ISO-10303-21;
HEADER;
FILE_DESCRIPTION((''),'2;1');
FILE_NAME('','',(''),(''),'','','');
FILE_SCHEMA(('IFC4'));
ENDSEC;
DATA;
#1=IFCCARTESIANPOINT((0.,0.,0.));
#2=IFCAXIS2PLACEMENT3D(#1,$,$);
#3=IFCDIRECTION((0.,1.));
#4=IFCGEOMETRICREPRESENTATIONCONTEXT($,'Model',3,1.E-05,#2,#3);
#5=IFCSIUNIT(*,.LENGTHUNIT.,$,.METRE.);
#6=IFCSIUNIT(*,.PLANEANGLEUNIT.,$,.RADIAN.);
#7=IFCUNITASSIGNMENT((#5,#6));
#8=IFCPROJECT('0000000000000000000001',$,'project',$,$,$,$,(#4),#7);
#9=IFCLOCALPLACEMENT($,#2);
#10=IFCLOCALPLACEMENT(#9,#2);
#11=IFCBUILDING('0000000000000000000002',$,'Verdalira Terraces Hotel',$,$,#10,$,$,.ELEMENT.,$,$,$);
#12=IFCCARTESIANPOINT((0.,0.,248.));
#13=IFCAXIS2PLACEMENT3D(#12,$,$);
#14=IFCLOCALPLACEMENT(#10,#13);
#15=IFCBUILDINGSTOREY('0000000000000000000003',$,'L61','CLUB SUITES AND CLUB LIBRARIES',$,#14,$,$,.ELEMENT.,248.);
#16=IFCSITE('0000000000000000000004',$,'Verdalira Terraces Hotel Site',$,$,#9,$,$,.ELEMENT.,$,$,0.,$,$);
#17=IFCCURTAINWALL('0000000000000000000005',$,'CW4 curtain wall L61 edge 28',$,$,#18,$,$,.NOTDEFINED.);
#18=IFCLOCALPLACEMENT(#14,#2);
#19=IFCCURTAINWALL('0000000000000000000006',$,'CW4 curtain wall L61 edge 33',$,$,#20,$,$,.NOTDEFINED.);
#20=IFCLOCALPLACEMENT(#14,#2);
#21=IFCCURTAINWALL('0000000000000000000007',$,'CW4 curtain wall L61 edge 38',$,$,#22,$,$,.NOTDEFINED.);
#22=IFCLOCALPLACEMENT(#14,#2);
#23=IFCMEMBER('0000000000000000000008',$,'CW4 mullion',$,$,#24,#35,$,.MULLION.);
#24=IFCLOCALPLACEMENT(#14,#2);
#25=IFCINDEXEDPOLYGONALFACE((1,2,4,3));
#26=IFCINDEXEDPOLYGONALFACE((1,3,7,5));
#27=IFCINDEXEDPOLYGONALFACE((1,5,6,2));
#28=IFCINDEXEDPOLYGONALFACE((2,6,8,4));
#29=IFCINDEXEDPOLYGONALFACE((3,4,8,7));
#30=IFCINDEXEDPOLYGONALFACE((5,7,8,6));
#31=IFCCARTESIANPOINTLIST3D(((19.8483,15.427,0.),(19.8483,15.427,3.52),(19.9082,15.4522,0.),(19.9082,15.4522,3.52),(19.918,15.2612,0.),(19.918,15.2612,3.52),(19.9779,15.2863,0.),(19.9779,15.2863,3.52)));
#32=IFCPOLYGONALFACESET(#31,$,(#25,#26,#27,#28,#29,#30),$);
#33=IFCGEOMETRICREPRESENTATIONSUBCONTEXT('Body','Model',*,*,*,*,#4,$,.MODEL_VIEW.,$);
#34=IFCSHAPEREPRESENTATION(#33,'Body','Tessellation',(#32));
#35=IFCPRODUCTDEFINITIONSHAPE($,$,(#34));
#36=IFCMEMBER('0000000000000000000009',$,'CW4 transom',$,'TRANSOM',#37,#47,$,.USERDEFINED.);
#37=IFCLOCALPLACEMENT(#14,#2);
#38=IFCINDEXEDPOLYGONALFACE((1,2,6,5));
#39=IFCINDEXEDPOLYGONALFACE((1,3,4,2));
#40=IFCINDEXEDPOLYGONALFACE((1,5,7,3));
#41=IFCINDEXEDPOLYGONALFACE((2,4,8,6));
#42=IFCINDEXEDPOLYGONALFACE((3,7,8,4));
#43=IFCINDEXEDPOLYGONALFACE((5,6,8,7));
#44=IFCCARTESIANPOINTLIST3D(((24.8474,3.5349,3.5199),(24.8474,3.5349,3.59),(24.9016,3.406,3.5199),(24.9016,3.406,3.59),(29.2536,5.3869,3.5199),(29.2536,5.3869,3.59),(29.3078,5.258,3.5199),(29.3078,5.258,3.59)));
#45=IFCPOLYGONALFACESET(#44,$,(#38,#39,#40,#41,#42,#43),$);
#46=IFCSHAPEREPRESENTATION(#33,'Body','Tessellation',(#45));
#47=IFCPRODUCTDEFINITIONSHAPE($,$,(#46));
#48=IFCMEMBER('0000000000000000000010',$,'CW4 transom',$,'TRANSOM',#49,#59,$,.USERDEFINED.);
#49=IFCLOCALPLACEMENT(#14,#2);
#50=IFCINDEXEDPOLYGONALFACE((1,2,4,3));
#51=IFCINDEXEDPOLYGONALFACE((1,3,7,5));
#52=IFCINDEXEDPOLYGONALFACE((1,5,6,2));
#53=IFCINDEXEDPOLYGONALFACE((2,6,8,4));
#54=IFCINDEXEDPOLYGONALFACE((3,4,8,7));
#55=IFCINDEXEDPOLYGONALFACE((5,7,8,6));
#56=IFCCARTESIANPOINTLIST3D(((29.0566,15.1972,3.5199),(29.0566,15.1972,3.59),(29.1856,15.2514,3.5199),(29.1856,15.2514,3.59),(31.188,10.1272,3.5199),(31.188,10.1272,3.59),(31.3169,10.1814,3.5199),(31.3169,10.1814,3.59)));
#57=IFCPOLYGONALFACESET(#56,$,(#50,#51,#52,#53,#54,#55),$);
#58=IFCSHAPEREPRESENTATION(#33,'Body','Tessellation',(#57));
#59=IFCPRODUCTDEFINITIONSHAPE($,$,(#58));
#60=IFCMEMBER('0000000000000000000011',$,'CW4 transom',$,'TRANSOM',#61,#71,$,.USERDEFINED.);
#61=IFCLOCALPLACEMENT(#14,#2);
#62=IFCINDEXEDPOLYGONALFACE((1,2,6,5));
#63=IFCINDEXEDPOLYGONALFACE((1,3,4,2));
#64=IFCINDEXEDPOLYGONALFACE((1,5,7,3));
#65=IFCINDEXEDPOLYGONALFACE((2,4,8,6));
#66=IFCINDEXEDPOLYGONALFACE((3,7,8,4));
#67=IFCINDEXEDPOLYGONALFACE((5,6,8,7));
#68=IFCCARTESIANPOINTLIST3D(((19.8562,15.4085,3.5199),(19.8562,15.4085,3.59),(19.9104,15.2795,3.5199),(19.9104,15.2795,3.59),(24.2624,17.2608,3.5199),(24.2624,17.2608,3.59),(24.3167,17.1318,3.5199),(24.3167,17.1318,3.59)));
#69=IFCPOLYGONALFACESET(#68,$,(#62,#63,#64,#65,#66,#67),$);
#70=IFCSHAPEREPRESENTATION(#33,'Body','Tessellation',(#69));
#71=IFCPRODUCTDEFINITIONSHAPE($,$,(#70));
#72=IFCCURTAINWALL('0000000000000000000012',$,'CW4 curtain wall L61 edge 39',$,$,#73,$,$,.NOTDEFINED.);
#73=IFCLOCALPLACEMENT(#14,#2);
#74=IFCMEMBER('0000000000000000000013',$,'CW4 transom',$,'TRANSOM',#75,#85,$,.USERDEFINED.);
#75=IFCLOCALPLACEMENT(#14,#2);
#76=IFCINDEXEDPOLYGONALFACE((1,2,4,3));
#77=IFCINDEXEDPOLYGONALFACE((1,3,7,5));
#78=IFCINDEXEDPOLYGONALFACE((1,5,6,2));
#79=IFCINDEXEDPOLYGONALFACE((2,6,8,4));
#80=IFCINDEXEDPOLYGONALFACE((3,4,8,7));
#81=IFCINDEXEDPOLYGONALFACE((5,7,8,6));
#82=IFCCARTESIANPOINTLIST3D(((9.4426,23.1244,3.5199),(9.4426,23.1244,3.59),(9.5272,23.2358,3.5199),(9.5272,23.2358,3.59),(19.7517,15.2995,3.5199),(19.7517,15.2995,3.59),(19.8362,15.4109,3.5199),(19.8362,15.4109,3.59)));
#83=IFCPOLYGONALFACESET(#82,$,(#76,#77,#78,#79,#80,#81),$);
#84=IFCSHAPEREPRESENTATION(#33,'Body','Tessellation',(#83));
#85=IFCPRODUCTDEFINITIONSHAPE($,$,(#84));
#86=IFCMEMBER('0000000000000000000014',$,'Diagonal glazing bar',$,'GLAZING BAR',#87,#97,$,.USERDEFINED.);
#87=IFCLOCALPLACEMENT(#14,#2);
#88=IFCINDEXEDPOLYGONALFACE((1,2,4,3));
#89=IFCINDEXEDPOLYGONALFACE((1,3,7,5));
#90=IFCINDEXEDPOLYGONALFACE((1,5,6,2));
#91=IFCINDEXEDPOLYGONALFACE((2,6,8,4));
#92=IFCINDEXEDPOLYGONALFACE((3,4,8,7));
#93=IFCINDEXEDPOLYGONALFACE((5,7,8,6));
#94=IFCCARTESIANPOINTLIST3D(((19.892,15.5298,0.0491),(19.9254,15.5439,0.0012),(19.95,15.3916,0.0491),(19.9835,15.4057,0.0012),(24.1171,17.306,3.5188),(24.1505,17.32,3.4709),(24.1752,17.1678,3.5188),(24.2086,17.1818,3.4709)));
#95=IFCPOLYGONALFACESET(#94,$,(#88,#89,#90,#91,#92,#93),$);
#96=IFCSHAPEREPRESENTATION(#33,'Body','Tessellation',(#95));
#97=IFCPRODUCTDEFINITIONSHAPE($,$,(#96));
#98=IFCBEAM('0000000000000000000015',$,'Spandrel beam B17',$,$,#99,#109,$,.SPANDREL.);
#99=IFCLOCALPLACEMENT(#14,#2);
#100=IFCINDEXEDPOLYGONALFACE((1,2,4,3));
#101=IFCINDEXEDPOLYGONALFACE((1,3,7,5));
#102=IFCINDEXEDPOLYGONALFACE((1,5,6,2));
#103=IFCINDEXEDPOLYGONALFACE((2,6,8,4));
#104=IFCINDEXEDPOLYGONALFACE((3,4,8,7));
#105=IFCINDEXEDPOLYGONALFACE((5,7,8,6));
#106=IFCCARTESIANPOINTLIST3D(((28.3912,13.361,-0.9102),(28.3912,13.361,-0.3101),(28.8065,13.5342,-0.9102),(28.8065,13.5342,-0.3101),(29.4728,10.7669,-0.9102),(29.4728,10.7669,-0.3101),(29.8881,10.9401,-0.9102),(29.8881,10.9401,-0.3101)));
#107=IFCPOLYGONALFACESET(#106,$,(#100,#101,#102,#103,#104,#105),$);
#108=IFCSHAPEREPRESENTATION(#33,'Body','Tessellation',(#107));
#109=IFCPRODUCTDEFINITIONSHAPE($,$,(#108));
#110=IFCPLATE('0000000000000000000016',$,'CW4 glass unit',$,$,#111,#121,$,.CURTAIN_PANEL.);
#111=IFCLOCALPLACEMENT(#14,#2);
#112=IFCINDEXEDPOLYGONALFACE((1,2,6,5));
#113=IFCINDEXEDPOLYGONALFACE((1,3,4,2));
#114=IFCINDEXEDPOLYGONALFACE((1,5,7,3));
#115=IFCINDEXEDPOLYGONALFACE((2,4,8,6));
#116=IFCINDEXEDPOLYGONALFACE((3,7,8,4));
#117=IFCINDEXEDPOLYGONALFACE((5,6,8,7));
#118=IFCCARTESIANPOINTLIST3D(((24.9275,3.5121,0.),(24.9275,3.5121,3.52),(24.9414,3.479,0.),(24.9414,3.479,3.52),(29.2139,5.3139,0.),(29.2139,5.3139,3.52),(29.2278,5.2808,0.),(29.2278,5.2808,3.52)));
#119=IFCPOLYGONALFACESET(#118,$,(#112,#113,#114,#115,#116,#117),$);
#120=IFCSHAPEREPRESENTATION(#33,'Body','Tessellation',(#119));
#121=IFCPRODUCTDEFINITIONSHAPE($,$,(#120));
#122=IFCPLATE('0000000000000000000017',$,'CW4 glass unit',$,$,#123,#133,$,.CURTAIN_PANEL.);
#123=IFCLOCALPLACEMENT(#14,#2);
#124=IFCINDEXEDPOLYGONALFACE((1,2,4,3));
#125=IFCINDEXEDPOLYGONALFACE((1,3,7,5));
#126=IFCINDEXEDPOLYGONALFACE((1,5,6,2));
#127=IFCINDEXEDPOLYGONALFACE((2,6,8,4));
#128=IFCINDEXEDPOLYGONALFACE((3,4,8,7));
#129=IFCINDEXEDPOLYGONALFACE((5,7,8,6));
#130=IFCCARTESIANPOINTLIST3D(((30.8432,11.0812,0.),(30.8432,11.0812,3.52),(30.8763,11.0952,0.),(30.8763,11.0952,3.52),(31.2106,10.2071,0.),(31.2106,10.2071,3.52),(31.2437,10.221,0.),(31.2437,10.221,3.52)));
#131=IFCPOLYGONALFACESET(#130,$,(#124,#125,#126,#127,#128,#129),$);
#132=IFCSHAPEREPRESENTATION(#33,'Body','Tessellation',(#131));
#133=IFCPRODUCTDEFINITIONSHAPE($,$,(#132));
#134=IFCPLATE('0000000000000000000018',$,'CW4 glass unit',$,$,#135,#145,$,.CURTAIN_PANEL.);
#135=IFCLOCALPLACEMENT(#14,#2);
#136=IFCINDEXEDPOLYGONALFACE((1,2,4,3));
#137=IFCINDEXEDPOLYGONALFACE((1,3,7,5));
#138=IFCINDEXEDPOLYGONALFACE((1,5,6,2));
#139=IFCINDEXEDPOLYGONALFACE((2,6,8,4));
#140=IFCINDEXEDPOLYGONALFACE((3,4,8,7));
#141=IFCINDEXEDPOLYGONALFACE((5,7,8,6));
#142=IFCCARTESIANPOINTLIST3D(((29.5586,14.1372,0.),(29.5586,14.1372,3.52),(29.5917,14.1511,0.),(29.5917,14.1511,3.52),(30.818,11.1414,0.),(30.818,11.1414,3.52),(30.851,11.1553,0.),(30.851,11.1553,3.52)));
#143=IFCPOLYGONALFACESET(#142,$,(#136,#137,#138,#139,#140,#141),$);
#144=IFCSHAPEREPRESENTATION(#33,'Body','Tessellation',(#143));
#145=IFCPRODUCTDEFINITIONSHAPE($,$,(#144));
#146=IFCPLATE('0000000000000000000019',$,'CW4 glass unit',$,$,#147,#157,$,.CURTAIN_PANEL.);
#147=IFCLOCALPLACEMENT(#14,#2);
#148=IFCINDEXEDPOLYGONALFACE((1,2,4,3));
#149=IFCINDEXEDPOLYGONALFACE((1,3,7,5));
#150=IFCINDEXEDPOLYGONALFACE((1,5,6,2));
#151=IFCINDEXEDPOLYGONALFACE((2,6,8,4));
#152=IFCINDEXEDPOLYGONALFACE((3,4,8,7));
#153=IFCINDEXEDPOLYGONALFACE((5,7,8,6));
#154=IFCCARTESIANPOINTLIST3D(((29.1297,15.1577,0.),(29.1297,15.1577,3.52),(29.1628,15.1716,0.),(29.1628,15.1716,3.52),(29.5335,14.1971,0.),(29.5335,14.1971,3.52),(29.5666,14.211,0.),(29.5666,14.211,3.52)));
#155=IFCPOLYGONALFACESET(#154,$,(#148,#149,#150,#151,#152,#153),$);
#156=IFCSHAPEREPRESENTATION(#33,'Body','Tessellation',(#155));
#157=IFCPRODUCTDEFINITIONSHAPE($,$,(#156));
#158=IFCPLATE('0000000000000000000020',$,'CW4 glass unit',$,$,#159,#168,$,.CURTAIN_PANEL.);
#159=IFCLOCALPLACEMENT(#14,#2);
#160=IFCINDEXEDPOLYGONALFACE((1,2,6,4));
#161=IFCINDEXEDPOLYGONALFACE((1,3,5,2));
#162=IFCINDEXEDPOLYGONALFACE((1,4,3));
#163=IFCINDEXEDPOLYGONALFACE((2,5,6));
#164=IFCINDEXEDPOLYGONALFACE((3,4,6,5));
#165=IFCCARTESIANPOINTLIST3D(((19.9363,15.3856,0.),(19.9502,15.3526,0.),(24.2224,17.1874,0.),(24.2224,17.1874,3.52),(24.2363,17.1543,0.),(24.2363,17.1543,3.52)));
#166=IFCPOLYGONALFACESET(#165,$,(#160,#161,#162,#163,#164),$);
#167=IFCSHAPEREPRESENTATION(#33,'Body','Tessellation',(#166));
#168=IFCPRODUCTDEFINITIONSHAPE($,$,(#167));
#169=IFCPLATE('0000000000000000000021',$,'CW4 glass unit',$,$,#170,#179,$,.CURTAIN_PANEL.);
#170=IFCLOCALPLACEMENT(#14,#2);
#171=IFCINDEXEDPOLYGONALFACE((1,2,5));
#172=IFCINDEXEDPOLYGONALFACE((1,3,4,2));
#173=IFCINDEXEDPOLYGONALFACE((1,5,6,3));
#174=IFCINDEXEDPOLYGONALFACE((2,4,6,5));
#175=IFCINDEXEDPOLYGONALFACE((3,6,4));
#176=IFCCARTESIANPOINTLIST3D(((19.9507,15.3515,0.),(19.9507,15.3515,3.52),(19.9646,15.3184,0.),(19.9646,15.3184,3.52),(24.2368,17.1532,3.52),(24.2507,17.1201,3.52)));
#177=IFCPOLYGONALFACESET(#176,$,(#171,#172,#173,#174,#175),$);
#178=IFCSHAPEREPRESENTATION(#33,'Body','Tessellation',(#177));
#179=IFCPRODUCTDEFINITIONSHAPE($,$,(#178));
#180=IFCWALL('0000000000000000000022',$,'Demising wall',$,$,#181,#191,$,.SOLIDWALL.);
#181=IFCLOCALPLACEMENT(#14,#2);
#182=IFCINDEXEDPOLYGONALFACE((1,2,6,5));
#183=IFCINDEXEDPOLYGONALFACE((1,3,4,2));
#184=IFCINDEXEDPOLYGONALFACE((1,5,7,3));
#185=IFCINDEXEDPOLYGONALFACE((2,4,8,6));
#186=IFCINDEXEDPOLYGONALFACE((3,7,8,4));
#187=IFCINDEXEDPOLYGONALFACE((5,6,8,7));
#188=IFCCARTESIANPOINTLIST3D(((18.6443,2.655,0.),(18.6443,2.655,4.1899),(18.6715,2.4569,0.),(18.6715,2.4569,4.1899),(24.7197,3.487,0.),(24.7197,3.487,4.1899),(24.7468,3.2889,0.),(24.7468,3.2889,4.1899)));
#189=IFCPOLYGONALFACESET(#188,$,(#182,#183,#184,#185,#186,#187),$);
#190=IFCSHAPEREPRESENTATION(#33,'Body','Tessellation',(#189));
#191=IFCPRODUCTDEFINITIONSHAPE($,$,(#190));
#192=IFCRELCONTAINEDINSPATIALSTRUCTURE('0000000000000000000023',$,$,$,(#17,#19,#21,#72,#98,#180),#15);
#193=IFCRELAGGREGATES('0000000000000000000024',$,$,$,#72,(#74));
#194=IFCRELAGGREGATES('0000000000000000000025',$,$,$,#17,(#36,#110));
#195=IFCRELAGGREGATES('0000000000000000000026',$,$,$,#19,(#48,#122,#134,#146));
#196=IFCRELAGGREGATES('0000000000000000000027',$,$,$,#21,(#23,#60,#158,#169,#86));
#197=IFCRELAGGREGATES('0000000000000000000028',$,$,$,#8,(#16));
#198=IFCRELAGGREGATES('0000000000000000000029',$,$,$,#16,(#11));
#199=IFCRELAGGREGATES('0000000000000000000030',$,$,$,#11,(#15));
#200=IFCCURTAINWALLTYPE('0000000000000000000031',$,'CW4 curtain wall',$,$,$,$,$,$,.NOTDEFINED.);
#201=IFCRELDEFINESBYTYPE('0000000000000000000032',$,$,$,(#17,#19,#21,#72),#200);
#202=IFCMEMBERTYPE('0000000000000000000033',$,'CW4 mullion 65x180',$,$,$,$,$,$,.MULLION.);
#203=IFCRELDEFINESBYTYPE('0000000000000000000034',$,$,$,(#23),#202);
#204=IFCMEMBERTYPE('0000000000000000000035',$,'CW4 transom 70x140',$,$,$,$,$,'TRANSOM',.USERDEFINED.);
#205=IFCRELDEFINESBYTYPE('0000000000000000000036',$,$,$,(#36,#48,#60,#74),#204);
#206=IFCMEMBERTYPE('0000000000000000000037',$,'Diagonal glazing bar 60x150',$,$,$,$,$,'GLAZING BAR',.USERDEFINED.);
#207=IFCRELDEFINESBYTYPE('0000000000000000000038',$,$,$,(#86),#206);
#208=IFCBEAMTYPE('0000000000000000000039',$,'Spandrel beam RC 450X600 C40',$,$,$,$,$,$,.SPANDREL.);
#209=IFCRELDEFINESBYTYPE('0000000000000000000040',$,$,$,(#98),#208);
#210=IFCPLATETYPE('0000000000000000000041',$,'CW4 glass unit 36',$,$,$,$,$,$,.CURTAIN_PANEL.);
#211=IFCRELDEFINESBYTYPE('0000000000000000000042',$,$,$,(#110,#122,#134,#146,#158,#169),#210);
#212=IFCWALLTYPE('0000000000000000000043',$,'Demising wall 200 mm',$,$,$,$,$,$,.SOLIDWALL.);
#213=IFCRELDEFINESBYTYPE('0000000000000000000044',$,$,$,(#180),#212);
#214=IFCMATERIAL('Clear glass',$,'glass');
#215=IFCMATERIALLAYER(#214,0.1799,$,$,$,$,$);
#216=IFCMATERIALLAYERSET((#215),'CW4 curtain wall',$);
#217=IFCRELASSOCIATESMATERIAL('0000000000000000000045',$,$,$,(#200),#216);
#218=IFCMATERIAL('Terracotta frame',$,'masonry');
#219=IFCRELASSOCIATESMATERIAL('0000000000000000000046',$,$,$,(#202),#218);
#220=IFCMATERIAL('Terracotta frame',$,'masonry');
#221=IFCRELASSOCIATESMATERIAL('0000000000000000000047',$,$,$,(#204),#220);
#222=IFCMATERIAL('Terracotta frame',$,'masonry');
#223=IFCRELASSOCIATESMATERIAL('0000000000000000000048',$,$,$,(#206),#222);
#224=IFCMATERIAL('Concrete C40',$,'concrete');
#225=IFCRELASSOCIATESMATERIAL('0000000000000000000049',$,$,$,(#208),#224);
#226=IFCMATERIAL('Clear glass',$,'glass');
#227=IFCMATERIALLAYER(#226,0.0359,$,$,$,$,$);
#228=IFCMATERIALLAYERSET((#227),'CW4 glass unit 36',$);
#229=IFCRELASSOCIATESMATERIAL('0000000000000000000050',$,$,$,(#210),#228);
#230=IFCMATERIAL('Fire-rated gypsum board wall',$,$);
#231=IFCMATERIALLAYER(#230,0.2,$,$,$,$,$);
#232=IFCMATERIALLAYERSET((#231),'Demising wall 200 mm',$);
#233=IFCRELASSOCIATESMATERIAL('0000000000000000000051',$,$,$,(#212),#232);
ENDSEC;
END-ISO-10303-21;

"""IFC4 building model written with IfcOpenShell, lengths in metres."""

from ifc_helpers import new_model, si_unit, direction, frame, frame_2d, origin, origin_2d, place, context, subcontext, project, spatial, polyline, rectangle, outline, extrude, material, layer, layer_set, material_profile, profile_set, type_object, element, aggregate, save


model = new_model("IFC4")

# Units and contexts
model_context = context("Model", 3, precision=1e-05, world=origin(), true_north=direction((0.0, 1.0)))
body_context = subcontext(model_context, "Body", "Model", "MODEL_VIEW")
ifc_project = project(units=[si_unit("LENGTHUNIT", "METRE"), si_unit("PLANEANGLEUNIT", "RADIAN")], contexts=[model_context])

# Site, building, storey
site_placement = place(None, origin())
site = spatial("IfcSite", under=ifc_project, at=site_placement, Name="Verdalira Terraces Hotel Site", CompositionType="ELEMENT", RefElevation=0.0)
building_placement = place(site_placement, origin())
building = spatial("IfcBuilding", under=site, at=building_placement, Name="Verdalira Terraces Hotel", CompositionType="ELEMENT")
storey_placement = place(building_placement, frame((0.0, 0.0, 248.0)))
storey = spatial("IfcBuildingStorey", under=building, at=storey_placement, Name="L61", Description="CLUB SUITES AND CLUB LIBRARIES", CompositionType="ELEMENT", Elevation=248.0)

# Shared definitions
ifc_material_1 = material(Name="Clear glass", Category="glass")
ifc_layer_1 = layer(ifc_material_1, 0.1799)
ifc_layer_set_1 = layer_set([ifc_layer_1], Name="CW4 curtain wall")
curtain_wall_type = type_object("IfcCurtainWallType", Name="CW4 curtain wall", PredefinedType="NOTDEFINED", material=ifc_layer_set_1)
ifc_material_2 = material(Name="Terracotta frame", Category="masonry")
ifc_material_profile_1 = material_profile(ifc_material_2, rectangle(XDim=0.0649, YDim=0.1799, at=origin_2d()), Name="MU 65x180")
ifc_profile_set_1 = profile_set([ifc_material_profile_1], Name="Terracotta frame")
member_type_1 = type_object("IfcMemberType", Name="CW4 mullion 65x180", PredefinedType="MULLION", material=ifc_profile_set_1)

# Curtain walls, member
curtain_wall_1_placement = place(storey_placement, origin())
curtain_wall_1 = element("IfcCurtainWall", 1, at=curtain_wall_1_placement, inside=storey, type_object=curtain_wall_type, Name="CW4 curtain wall L61 edge 28", PredefinedType="NOTDEFINED")
curtain_wall_2_placement = place(storey_placement, origin())
curtain_wall_2 = element("IfcCurtainWall", 2, at=curtain_wall_2_placement, inside=storey, type_object=curtain_wall_type, Name="CW4 curtain wall L61 edge 33", PredefinedType="NOTDEFINED")
curtain_wall_3_placement = place(storey_placement, origin())
curtain_wall_3 = element("IfcCurtainWall", 3, at=curtain_wall_3_placement, inside=storey, type_object=curtain_wall_type, Name="CW4 curtain wall L61 edge 38", PredefinedType="NOTDEFINED")
member_1_placement = place(storey_placement, frame((19.9131, 15.3567, 0.0), z_axis=(0.0, 0.0, 1.0), x_axis=(-0.921863, -0.387516, 0.0)))
member_1 = element("IfcMember", 4, at=member_1_placement, type_object=member_type_1, Name="CW4 mullion", PredefinedType="MULLION", context=body_context, shape_type="SweptSolid", body=[
    extrude(rectangle(XDim=0.0649, YDim=0.1799, at=origin_2d()), origin(), (0.0, 0.0, 1.0), 3.52),
])

# Members
ifc_material_3 = material(Name="Terracotta frame", Category="masonry")
ifc_material_profile_2 = material_profile(ifc_material_3, rectangle(XDim=0.1399, YDim=0.0701, at=origin_2d()), Name="TR 70x140")
ifc_profile_set_2 = profile_set([ifc_material_profile_2], Name="Terracotta frame")
member_type_2 = type_object("IfcMemberType", Name="CW4 transom 70x140", ElementType="TRANSOM", PredefinedType="USERDEFINED", material=ifc_profile_set_2)
member_2_placement = place(storey_placement, frame((24.8745, 3.4705, 3.5549), z_axis=(0.921876, 0.387486, 0.0), x_axis=(-0.387486, 0.921876, 0.0)))
member_2 = element("IfcMember", 5, at=member_2_placement, type_object=member_type_2, Name="CW4 transom", ObjectType="TRANSOM", PredefinedType="USERDEFINED", context=body_context, shape_type="SweptSolid", body=[
    extrude(rectangle(XDim=0.1399, YDim=0.0701, at=origin_2d()), origin(), (0.0, 0.0, 1.0), 4.7795),
])
member_3_placement = place(storey_placement, frame((31.2524, 10.1543, 3.5549), z_axis=(-0.387529, 0.921857, 0.0), x_axis=(-0.921857, -0.387529, 0.0)))
member_3 = element("IfcMember", 6, at=member_3_placement, type_object=member_type_2, Name="CW4 transom", ObjectType="TRANSOM", PredefinedType="USERDEFINED", context=body_context, shape_type="SweptSolid", body=[
    extrude(rectangle(XDim=0.1399, YDim=0.0701, at=origin_2d()), origin(), (0.0, 0.0, 1.0), 5.4998),
])
member_4_placement = place(storey_placement, frame((24.2896, 17.1963, 3.5549), z_axis=(-0.921857, -0.387529, 0.0), x_axis=(0.387529, -0.921857, 0.0)))
member_4 = element("IfcMember", 7, at=member_4_placement, type_object=member_type_2, Name="CW4 transom", ObjectType="TRANSOM", PredefinedType="USERDEFINED", context=body_context, shape_type="SweptSolid", body=[
    extrude(rectangle(XDim=0.1399, YDim=0.0701, at=origin_2d()), origin(), (0.0, 0.0, 1.0), 4.7798),
])

# Curtain wall, member
curtain_wall_4_placement = place(storey_placement, origin())
curtain_wall_4 = element("IfcCurtainWall", 8, at=curtain_wall_4_placement, inside=storey, type_object=curtain_wall_type, Name="CW4 curtain wall L61 edge 39", PredefinedType="NOTDEFINED")
member_5_placement = place(storey_placement, frame((19.7939, 15.3552, 3.5549), z_axis=(-0.796532, 0.604596, 0.0), x_axis=(-0.604596, -0.796532, 0.0)))
member_5 = element("IfcMember", 9, at=member_5_placement, type_object=member_type_2, Name="CW4 transom", ObjectType="TRANSOM", PredefinedType="USERDEFINED", context=body_context, shape_type="SweptSolid", body=[
    extrude(rectangle(XDim=0.1399, YDim=0.0701, at=origin_2d()), origin(), (0.0, 0.0, 1.0), 12.9424),
])
aggregate(curtain_wall_4, [member_5])

# Member
ifc_material_4 = material(Name="Terracotta frame", Category="masonry")
ifc_material_profile_3 = material_profile(ifc_material_4, rectangle(XDim=0.1499, YDim=0.0601, at=origin_2d()), Name="GB 60x150")
ifc_profile_set_3 = profile_set([ifc_material_profile_3], Name="Terracotta frame")
member_type_3 = type_object("IfcMemberType", Name="Diagonal glazing bar 60x150", ElementType="GLAZING BAR", PredefinedType="USERDEFINED", material=ifc_profile_set_3)
member_6_placement = place(storey_placement, frame((24.1628, 17.2439, 3.4949), z_axis=(-0.734993, -0.308972, -0.60359), x_axis=(0.387526, -0.921859, 0.0)))
member_6 = element("IfcMember", 10, at=member_6_placement, type_object=member_type_3, Name="Diagonal glazing bar", ObjectType="GLAZING BAR", PredefinedType="USERDEFINED", context=body_context, shape_type="SweptSolid", body=[
    extrude(rectangle(XDim=0.1499, YDim=0.0601, at=origin_2d()), origin(), (0.0, 0.0, 1.0), 5.7485),
])

# Beam
ifc_material_5 = material(Name="Concrete C40", Category="concrete")
ifc_material_profile_4 = material_profile(ifc_material_5, rectangle(XDim=0.45, YDim=0.6001, at=origin_2d()), Name="RC 450X600")
ifc_profile_set_4 = profile_set([ifc_material_profile_4], Name="Concrete C40")
beam_type = type_object("IfcBeamType", Name="Spandrel beam RC 450X600 C40", PredefinedType="SPANDREL", material=ifc_profile_set_4)
beam_placement = place(storey_placement, frame((29.6804, 10.8535, -0.6101), z_axis=(-0.384831, 0.922987, 0.0), x_axis=(-0.922987, -0.384831, 0.0)))
element("IfcBeam", 11, at=beam_placement, inside=storey, type_object=beam_type, Name="Spandrel beam B17", PredefinedType="SPANDREL", context=body_context, shape_type="SweptSolid", body=[
    extrude(rectangle(XDim=0.45, YDim=0.6001, at=origin_2d()), origin(), (0.0, 0.0, 1.0), 2.8105),
])

# Plates
ifc_material_6 = material(Name="Clear glass", Category="glass")
ifc_layer_2 = layer(ifc_material_6, 0.0359)
ifc_layer_set_2 = layer_set([ifc_layer_2], Name="CW4 glass unit 36")
plate_type = type_object("IfcPlateType", Name="CW4 glass unit 36", PredefinedType="CURTAIN_PANEL", material=ifc_layer_set_2)
plate_1_placement = place(storey_placement, frame((27.0776, 4.3965, 0.0), z_axis=(0.0, 0.0, 1.0), x_axis=(0.921863, 0.387516, 0.0)))
plate_1 = element("IfcPlate", 12, at=plate_1_placement, type_object=plate_type, Name="CW4 glass unit", PredefinedType="CURTAIN_PANEL", context=body_context, shape_type="SweptSolid", body=[
    extrude(rectangle(XDim=4.6497, YDim=0.0359, at=origin_2d()), origin(), (0.0, 0.0, 1.0), 3.52),
])
aggregate(curtain_wall_1, [member_2, plate_1])
plate_2_placement = place(storey_placement, frame((31.0435, 10.6511, 0.0), z_axis=(0.0, 0.0, 1.0), x_axis=(-0.387516, 0.921863, 0.0)))
plate_2 = element("IfcPlate", 13, at=plate_2_placement, type_object=plate_type, Name="CW4 glass unit", PredefinedType="CURTAIN_PANEL", context=body_context, shape_type="SweptSolid", body=[
    extrude(rectangle(XDim=0.9482, YDim=0.0359, at=origin_2d()), origin(), (0.0, 0.0, 1.0), 3.52),
])
plate_3_placement = place(storey_placement, frame((30.2048, 12.6462, 0.0), z_axis=(0.0, 0.0, 1.0), x_axis=(-0.387516, 0.921863, 0.0)))
plate_3 = element("IfcPlate", 14, at=plate_3_placement, type_object=plate_type, Name="CW4 glass unit", PredefinedType="CURTAIN_PANEL", context=body_context, shape_type="SweptSolid", body=[
    extrude(rectangle(XDim=3.2498, YDim=0.0359, at=origin_2d()), origin(), (0.0, 0.0, 1.0), 3.52),
])
plate_4_placement = place(storey_placement, frame((29.3481, 14.6843, 0.0), z_axis=(0.0, 0.0, 1.0), x_axis=(-0.387516, 0.921863, 0.0)))
plate_4 = element("IfcPlate", 15, at=plate_4_placement, type_object=plate_type, Name="CW4 glass unit", PredefinedType="CURTAIN_PANEL", context=body_context, shape_type="SweptSolid", body=[
    extrude(rectangle(XDim=1.042, YDim=0.0359, at=origin_2d()), origin(), (0.0, 0.0, 1.0), 3.52),
])
aggregate(curtain_wall_2, [member_3, plate_2, plate_3, plate_4])
plate_5_placement = place(storey_placement, frame((22.0933, 16.2534, 1.76), z_axis=(-0.387516, 0.921863, 0.0), x_axis=(-0.921863, -0.387516, 0.0)))
plate_5 = element("IfcPlate", 16, at=plate_5_placement, type_object=plate_type, Name="CW4 glass unit", PredefinedType="CURTAIN_PANEL", context=body_context, shape_type="SweptSolid", body=[
    extrude(outline(polyline([(-2.3247, -1.76), (2.3247, -1.76), (-2.3247, 1.76), (-2.3247, -1.76)])), origin(), (0.0, 0.0, 1.0), 0.0359),
])
plate_6_placement = place(storey_placement, frame((22.1077, 16.2192, 1.76), z_axis=(-0.387516, 0.921863, 0.0), x_axis=(-0.921863, -0.387516, 0.0)))
plate_6 = element("IfcPlate", 17, at=plate_6_placement, type_object=plate_type, Name="CW4 glass unit", PredefinedType="CURTAIN_PANEL", context=body_context, shape_type="SweptSolid", body=[
    extrude(outline(polyline([(2.3247, -1.76), (2.3247, 1.76), (-2.3247, 1.76), (2.3247, -1.76)])), origin(), (0.0, 0.0, 1.0), 0.0359),
])
aggregate(curtain_wall_3, [member_1, member_4, plate_5, plate_6, member_6])

# Wall
ifc_material_7 = material(Name="Fire-rated gypsum board wall")
ifc_layer_3 = layer(ifc_material_7, 0.2)
ifc_layer_set_3 = layer_set([ifc_layer_3], Name="Demising wall 200 mm")
wall_type_1 = type_object("IfcWallType", Name="Demising wall 200 mm", PredefinedType="SOLIDWALL", material=ifc_layer_set_3)
wall_1_placement = place(storey_placement, frame((24.7332, 3.3879, 0.0), z_axis=(0.0, 0.0, 1.0), x_axis=(-0.990752, -0.135683, 0.0)))
element("IfcWall", 18, at=wall_1_placement, inside=storey, type_object=wall_type_1, Name="Demising wall", PredefinedType="SOLIDWALL", context=body_context, shape_type="SweptSolid", body=[
    extrude(rectangle(XDim=6.1321, YDim=0.2, at=frame_2d((3.0659, 0.0))), origin(), (0.0, 0.0, 1.0), 4.1899),
])

save(model, "model.ifc")
